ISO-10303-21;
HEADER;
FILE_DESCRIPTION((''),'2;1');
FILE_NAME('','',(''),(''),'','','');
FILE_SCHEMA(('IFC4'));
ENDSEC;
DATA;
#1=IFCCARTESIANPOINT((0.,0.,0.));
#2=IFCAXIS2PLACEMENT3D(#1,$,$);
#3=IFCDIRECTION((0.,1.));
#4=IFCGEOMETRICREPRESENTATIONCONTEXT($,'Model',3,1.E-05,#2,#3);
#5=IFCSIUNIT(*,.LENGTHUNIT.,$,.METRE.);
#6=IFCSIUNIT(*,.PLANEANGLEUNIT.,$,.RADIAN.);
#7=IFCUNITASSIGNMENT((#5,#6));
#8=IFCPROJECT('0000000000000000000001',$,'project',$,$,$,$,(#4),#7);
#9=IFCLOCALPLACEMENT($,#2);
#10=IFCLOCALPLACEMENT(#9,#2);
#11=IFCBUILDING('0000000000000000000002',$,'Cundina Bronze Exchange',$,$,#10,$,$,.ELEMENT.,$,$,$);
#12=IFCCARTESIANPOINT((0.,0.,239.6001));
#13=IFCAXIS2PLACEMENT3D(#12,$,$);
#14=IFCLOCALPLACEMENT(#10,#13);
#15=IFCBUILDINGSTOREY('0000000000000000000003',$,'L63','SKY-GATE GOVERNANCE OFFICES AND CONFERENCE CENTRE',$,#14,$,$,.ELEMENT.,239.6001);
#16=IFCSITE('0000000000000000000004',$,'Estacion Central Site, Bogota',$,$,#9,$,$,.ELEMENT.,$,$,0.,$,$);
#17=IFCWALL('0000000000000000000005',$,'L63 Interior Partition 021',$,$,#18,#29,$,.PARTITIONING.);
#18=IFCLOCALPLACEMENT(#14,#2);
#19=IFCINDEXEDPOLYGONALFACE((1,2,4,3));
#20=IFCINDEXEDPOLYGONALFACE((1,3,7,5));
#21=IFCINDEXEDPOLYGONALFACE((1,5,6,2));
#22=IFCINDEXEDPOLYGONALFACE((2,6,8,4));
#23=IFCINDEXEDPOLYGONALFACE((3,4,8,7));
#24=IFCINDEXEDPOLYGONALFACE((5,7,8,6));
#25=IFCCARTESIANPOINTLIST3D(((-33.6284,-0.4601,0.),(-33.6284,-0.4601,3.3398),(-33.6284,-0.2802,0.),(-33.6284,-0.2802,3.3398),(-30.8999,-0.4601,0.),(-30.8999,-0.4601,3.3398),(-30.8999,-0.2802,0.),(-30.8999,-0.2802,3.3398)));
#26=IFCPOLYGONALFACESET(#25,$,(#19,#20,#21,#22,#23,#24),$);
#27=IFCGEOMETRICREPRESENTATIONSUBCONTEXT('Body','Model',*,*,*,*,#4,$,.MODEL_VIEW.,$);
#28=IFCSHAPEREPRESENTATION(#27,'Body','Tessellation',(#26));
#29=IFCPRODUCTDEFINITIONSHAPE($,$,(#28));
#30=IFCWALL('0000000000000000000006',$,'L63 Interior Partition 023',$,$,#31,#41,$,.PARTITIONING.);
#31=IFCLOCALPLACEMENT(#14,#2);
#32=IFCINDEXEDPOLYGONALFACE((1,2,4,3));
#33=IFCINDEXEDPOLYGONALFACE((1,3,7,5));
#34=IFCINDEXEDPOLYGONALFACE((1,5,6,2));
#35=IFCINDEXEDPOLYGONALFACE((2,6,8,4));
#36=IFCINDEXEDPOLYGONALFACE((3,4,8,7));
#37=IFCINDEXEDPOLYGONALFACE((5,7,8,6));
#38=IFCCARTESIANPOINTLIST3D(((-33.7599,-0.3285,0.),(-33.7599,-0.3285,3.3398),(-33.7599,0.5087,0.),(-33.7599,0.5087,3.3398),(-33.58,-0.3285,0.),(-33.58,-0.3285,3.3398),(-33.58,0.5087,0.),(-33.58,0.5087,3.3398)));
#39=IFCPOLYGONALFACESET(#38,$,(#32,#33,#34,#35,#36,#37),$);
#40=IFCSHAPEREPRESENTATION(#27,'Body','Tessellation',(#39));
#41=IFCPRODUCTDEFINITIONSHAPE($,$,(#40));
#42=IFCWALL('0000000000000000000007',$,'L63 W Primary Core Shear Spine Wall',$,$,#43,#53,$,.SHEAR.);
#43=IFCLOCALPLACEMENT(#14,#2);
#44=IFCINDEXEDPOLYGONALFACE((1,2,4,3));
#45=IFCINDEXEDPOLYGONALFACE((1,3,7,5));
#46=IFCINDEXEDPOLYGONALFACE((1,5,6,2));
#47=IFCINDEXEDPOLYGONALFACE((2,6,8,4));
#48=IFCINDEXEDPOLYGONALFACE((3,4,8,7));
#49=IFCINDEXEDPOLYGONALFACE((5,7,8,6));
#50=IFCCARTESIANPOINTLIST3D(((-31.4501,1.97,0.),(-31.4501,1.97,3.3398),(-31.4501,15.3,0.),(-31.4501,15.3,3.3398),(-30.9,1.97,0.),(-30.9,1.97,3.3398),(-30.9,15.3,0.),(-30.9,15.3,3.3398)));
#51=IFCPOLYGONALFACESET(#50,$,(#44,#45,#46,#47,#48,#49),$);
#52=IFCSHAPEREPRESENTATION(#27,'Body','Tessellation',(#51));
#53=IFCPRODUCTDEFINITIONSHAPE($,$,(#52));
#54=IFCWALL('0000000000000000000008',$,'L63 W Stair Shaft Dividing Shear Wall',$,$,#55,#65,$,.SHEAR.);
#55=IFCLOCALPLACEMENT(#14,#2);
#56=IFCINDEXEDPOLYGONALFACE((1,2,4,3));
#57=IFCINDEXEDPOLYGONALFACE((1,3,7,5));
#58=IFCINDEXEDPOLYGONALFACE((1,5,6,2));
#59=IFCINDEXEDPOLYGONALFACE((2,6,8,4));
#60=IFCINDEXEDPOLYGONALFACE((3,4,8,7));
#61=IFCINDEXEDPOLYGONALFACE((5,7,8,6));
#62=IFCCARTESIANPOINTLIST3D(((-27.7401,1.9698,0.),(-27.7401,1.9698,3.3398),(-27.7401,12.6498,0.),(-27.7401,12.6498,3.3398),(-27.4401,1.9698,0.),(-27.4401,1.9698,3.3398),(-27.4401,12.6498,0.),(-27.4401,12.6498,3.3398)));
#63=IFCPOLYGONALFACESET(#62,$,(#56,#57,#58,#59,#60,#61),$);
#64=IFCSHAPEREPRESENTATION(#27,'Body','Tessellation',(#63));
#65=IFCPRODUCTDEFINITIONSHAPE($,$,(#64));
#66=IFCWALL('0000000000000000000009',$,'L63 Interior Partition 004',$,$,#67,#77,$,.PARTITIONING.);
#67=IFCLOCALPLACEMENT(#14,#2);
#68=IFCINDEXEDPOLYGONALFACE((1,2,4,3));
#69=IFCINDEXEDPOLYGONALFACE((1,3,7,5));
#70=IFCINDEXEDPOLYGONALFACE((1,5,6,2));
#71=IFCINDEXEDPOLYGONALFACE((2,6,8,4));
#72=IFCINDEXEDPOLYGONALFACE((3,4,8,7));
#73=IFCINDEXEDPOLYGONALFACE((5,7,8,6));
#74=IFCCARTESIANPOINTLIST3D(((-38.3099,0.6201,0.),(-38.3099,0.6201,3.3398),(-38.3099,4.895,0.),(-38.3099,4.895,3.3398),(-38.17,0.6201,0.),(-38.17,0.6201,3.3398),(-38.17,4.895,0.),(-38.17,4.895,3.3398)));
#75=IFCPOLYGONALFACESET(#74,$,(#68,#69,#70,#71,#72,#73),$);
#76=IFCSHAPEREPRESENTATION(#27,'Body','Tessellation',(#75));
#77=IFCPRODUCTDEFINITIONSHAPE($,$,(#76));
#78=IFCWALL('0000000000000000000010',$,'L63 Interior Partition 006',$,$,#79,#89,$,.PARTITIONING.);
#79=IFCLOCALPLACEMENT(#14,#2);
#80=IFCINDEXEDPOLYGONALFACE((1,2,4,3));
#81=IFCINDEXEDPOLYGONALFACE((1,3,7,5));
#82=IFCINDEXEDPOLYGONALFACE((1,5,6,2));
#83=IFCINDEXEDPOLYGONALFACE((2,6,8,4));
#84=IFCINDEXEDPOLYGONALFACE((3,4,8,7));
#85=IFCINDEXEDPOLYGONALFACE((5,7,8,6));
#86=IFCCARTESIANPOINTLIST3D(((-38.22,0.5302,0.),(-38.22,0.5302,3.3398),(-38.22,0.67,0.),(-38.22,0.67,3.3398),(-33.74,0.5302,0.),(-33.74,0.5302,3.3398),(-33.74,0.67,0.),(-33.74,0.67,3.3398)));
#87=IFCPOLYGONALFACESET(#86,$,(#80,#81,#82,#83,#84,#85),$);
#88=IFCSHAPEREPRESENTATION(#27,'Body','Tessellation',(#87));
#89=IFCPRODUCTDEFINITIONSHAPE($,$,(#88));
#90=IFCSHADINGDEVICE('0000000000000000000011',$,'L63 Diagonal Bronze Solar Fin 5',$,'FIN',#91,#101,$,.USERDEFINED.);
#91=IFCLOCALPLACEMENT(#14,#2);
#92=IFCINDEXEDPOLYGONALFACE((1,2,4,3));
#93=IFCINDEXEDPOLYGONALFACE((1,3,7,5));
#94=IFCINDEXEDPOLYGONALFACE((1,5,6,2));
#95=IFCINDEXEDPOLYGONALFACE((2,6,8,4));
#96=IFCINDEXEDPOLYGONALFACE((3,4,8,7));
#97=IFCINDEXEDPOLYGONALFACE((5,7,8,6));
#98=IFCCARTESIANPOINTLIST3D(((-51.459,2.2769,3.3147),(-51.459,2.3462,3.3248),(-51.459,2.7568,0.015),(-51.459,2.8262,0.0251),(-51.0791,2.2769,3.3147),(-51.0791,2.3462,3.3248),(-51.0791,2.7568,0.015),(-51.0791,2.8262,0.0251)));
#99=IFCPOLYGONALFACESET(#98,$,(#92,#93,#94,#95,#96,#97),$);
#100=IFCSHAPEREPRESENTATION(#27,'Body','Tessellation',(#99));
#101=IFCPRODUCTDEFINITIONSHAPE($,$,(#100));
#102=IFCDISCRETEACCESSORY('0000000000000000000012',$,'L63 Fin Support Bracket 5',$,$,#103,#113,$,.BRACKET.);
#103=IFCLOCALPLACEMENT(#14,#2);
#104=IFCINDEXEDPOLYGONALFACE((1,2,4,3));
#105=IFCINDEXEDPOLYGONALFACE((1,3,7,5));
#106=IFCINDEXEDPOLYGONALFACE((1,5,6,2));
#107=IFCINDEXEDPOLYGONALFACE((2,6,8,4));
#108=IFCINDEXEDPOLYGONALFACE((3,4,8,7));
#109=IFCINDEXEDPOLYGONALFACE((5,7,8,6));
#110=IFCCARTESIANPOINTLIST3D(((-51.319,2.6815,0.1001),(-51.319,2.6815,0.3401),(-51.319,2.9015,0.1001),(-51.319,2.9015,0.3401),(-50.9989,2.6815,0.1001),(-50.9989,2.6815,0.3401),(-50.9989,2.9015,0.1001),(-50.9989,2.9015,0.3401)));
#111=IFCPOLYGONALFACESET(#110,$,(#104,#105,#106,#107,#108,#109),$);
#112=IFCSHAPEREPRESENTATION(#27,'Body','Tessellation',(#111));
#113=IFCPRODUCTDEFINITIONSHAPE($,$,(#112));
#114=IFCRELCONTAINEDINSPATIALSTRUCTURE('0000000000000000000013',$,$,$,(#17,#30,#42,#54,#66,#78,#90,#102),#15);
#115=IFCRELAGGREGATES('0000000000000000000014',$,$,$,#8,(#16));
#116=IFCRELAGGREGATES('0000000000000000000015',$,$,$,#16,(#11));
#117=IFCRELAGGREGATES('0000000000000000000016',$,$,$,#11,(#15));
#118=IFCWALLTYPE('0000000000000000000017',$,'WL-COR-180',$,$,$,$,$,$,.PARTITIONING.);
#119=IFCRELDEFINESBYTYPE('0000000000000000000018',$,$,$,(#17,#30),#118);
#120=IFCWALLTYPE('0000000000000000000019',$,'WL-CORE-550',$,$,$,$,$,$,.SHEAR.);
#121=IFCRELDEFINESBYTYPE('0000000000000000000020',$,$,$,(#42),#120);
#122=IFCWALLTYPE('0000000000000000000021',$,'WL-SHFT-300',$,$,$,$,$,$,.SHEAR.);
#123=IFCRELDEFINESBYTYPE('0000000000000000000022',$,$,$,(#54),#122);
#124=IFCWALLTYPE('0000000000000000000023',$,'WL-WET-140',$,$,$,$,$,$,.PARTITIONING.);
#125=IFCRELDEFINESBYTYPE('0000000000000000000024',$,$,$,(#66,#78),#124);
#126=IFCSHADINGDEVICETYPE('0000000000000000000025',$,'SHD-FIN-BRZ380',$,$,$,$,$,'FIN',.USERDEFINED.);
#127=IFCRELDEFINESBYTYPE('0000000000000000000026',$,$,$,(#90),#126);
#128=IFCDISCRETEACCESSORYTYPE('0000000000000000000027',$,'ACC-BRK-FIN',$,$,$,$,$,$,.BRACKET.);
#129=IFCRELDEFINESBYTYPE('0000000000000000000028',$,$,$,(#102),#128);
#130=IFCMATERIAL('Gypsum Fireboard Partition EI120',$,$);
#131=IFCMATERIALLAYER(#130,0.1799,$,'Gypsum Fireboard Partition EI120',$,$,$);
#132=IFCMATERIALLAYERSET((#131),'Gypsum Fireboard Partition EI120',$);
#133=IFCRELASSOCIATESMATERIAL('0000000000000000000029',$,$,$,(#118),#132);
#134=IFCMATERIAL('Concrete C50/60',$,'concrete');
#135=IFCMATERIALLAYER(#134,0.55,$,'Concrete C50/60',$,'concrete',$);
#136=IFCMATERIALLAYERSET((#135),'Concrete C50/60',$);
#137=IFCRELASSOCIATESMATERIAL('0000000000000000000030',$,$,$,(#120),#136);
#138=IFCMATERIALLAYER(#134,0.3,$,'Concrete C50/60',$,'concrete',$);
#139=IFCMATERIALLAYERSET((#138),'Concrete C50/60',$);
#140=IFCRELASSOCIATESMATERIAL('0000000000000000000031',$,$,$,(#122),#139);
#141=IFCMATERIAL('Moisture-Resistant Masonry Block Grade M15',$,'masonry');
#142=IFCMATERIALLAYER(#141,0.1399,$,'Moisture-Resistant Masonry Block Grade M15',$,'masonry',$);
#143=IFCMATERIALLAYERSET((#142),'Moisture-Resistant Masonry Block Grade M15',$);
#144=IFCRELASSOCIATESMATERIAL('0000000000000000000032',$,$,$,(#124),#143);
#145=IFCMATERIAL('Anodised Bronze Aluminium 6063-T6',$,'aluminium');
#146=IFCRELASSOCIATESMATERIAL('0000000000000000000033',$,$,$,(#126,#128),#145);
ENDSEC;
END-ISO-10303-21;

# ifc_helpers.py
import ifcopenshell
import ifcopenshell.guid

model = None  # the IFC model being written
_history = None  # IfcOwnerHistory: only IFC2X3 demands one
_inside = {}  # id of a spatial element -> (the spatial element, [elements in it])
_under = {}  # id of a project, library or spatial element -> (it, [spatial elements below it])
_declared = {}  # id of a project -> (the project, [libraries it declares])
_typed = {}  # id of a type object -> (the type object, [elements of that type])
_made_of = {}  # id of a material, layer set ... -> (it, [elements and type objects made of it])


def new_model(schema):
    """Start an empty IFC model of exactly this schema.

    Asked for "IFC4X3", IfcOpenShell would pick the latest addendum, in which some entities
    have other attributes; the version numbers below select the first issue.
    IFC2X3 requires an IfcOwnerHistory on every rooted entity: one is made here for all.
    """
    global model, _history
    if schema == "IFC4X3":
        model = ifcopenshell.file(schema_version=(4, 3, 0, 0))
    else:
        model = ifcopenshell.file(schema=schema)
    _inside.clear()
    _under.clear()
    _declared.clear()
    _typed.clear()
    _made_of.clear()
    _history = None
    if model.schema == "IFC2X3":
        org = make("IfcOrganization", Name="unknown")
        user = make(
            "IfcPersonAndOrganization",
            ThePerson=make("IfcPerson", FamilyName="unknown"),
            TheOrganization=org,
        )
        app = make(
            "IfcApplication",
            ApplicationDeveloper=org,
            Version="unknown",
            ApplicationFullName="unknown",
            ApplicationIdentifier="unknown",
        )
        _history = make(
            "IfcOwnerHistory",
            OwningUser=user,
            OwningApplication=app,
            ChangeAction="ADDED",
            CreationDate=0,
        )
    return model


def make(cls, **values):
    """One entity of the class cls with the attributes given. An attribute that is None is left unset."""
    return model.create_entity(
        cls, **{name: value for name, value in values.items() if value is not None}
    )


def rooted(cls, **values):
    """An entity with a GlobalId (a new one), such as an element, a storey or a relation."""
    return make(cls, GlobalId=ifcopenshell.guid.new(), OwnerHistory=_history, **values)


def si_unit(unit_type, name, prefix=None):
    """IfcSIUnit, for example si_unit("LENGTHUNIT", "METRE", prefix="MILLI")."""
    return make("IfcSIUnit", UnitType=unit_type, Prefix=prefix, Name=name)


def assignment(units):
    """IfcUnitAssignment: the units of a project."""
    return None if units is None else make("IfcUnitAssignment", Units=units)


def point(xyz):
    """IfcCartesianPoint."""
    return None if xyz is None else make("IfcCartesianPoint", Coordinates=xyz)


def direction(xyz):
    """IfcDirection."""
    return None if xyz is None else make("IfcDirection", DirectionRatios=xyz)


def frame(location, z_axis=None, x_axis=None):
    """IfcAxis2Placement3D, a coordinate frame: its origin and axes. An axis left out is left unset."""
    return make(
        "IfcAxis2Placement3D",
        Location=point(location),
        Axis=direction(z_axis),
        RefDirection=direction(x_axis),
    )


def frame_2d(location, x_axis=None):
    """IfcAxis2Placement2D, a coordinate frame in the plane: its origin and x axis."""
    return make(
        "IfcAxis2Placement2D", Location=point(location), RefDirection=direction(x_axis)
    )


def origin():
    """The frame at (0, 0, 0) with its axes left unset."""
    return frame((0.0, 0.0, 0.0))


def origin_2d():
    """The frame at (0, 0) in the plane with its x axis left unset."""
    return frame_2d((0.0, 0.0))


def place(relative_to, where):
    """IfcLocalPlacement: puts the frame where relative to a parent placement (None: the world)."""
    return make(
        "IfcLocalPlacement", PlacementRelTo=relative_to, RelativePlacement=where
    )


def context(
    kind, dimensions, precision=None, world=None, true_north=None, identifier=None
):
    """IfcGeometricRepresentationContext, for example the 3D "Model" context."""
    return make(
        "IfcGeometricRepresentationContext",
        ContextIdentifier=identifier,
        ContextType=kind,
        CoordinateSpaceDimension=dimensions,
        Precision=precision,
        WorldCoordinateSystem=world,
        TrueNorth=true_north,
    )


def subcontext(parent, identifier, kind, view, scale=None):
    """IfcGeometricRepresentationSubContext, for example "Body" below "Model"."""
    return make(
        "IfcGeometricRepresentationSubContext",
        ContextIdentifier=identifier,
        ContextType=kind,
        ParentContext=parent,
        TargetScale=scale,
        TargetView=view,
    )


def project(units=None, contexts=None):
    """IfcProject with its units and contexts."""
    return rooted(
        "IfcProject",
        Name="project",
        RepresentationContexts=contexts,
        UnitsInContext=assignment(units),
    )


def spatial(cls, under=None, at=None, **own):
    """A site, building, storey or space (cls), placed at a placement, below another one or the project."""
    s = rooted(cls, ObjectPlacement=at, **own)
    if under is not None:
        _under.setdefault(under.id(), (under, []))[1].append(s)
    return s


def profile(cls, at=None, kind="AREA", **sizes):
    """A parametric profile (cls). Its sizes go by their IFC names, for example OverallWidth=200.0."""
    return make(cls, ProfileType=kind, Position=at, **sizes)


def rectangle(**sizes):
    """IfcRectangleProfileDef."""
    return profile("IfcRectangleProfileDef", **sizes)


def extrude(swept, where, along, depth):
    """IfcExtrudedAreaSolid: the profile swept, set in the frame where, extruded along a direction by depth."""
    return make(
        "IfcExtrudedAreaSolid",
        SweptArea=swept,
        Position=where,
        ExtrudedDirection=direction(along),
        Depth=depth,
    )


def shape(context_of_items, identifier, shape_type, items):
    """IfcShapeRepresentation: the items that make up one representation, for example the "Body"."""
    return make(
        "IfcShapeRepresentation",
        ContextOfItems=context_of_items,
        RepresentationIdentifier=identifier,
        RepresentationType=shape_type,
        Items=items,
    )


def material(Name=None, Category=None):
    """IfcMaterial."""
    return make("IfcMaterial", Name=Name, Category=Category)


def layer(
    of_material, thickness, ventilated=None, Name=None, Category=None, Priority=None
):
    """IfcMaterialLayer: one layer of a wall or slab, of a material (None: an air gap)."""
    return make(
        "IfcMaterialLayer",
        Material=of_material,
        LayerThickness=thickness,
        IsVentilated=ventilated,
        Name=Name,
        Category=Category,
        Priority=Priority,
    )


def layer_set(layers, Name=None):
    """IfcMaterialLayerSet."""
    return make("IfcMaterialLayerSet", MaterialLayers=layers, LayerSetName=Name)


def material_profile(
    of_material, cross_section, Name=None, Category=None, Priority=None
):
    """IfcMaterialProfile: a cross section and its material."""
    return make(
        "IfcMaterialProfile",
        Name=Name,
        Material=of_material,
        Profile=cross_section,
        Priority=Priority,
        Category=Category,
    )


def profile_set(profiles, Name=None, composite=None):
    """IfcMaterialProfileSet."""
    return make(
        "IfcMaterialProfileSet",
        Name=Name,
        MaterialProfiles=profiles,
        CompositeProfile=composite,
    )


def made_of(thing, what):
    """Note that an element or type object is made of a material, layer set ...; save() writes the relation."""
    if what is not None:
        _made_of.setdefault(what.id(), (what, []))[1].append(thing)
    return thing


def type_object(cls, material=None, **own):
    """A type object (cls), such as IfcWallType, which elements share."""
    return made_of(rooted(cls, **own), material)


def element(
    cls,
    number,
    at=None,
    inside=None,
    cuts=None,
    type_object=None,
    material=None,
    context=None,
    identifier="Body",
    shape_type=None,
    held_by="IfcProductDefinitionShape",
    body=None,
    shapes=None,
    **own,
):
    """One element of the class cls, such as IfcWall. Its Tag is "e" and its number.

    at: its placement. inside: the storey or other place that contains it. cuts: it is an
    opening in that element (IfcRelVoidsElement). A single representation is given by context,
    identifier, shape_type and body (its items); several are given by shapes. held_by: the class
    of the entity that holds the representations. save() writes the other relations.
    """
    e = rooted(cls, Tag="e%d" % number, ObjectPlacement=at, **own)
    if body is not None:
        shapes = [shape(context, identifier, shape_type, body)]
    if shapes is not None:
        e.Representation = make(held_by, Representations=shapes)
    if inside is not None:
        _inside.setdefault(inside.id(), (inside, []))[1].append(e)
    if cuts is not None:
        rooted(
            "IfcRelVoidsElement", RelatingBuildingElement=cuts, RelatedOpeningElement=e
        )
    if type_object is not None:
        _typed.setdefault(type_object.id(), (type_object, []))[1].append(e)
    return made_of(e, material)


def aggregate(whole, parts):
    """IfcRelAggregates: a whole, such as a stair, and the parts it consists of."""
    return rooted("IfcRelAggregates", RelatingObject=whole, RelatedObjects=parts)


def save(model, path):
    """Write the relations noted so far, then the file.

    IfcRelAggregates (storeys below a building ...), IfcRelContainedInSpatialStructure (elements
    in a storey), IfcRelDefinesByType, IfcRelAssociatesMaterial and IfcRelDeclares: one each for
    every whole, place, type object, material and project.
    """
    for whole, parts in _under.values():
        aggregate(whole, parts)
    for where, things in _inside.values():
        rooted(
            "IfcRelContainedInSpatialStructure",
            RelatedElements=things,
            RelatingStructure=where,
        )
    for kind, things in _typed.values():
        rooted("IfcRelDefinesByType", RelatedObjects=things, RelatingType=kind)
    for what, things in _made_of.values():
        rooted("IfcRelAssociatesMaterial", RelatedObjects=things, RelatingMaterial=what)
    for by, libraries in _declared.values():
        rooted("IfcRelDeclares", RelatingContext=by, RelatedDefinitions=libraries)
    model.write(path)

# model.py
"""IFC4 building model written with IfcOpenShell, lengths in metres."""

from ifc_helpers import new_model, si_unit, direction, frame, frame_2d, origin, origin_2d, place, context, subcontext, project, spatial, rectangle, extrude, material, layer, layer_set, material_profile, profile_set, type_object, element, save


model = new_model("IFC4")

# Units and contexts
model_context = context("Model", 3, precision=1e-05, world=origin(), true_north=direction((0.0, 1.0)))
body_context = subcontext(model_context, "Body", "Model", "MODEL_VIEW")
ifc_project = project(units=[si_unit("LENGTHUNIT", "METRE"), si_unit("PLANEANGLEUNIT", "RADIAN")], contexts=[model_context])

# Site, building, storey
site_placement = place(None, origin())
site = spatial("IfcSite", under=ifc_project, at=site_placement, Name="Estacion Central Site, Bogota", CompositionType="ELEMENT", RefElevation=0.0)
building_placement = place(site_placement, origin())
building = spatial("IfcBuilding", under=site, at=building_placement, Name="Cundina Bronze Exchange", CompositionType="ELEMENT")
storey_placement = place(building_placement, frame((0.0, 0.0, 239.6001)))
storey = spatial("IfcBuildingStorey", under=building, at=storey_placement, Name="L63", Description="SKY-GATE GOVERNANCE OFFICES AND CONFERENCE CENTRE", CompositionType="ELEMENT", Elevation=239.6001)

# Shared definitions
ifc_material_1 = material(Name="Concrete C50/60", Category="concrete")

# Shared definitions
ifc_material_2 = material(Name="Anodised Bronze Aluminium 6063-T6", Category="aluminium")

# Shared definitions
ifc_material_3 = material(Name="Gypsum Fireboard Partition EI120")
ifc_layer_1 = layer(ifc_material_3, 0.1799, Name="Gypsum Fireboard Partition EI120")
ifc_layer_set_1 = layer_set([ifc_layer_1], Name="Gypsum Fireboard Partition EI120")
wall_type_1 = type_object("IfcWallType", Name="WL-COR-180", PredefinedType="PARTITIONING", material=ifc_layer_set_1)

# Walls
wall_1_placement = place(storey_placement, frame((-33.6284, -0.3701, 0.0), z_axis=(0.0, 0.0, 1.0), x_axis=(1.0, 0.0, 0.0)))
element("IfcWall", 1, at=wall_1_placement, inside=storey, type_object=wall_type_1, Name="L63 Interior Partition 021", PredefinedType="PARTITIONING", context=body_context, shape_type="SweptSolid", body=[
    extrude(rectangle(XDim=2.7285, YDim=0.1799, at=frame_2d((1.3643, 0.0))), origin(), (0.0, 0.0, 1.0), 3.3398),
])
wall_2_placement = place(storey_placement, frame((-33.6699, 0.5085, 0.0), z_axis=(0.0, 0.0, 1.0), x_axis=(0.0, -1.0, 0.0)))
element("IfcWall", 2, at=wall_2_placement, inside=storey, type_object=wall_type_1, Name="L63 Interior Partition 023", PredefinedType="PARTITIONING", context=body_context, shape_type="SweptSolid", body=[
    extrude(rectangle(XDim=0.8372, YDim=0.1799, at=frame_2d((0.4185, 0.0))), origin(), (0.0, 0.0, 1.0), 3.3398),
])
ifc_layer_2 = layer(ifc_material_1, 0.55, Name="Concrete C50/60", Category="concrete")
ifc_layer_set_2 = layer_set([ifc_layer_2], Name="Concrete C50/60")
wall_type_2 = type_object("IfcWallType", Name="WL-CORE-550", PredefinedType="SHEAR", material=ifc_layer_set_2)
wall_3_placement = place(storey_placement, frame((-31.175, 1.97, 0.0), z_axis=(0.0, 0.0, 1.0), x_axis=(0.0, 1.0, 0.0)))
element("IfcWall", 3, at=wall_3_placement, inside=storey, type_object=wall_type_2, Name="L63 W Primary Core Shear Spine Wall", PredefinedType="SHEAR", context=body_context, shape_type="SweptSolid", body=[
    extrude(rectangle(XDim=13.3301, YDim=0.55, at=frame_2d((6.665, 0.0))), origin(), (0.0, 0.0, 1.0), 3.3398),
])
ifc_layer_3 = layer(ifc_material_1, 0.3, Name="Concrete C50/60", Category="concrete")
ifc_layer_set_3 = layer_set([ifc_layer_3], Name="Concrete C50/60")
wall_type_3 = type_object("IfcWallType", Name="WL-SHFT-300", PredefinedType="SHEAR", material=ifc_layer_set_3)
wall_4_placement = place(storey_placement, frame((-27.5901, 1.97, 0.0), z_axis=(0.0, 0.0, 1.0), x_axis=(0.0, 1.0, 0.0)))
element("IfcWall", 4, at=wall_4_placement, inside=storey, type_object=wall_type_3, Name="L63 W Stair Shaft Dividing Shear Wall", PredefinedType="SHEAR", context=body_context, shape_type="SweptSolid", body=[
    extrude(rectangle(XDim=10.6799, YDim=0.3, at=frame_2d((5.3398, 0.0))), origin(), (0.0, 0.0, 1.0), 3.3398),
])
ifc_material_4 = material(Name="Moisture-Resistant Masonry Block Grade M15", Category="masonry")
ifc_layer_4 = layer(ifc_material_4, 0.1399, Name="Moisture-Resistant Masonry Block Grade M15", Category="masonry")
ifc_layer_set_4 = layer_set([ifc_layer_4], Name="Moisture-Resistant Masonry Block Grade M15")
wall_type_4 = type_object("IfcWallType", Name="WL-WET-140", PredefinedType="PARTITIONING", material=ifc_layer_set_4)
wall_5_placement = place(storey_placement, frame((-38.24, 0.6201, 0.0), z_axis=(0.0, 0.0, 1.0), x_axis=(0.0, 1.0, 0.0)))
element("IfcWall", 5, at=wall_5_placement, inside=storey, type_object=wall_type_4, Name="L63 Interior Partition 004", PredefinedType="PARTITIONING", context=body_context, shape_type="SweptSolid", body=[
    extrude(rectangle(XDim=4.2749, YDim=0.1399, at=frame_2d((2.1375, 0.0))), origin(), (0.0, 0.0, 1.0), 3.3398),
])
wall_6_placement = place(storey_placement, frame((-38.22, 0.6001, 0.0), z_axis=(0.0, 0.0, 1.0), x_axis=(1.0, 0.0, 0.0)))
element("IfcWall", 6, at=wall_6_placement, inside=storey, type_object=wall_type_4, Name="L63 Interior Partition 006", PredefinedType="PARTITIONING", context=body_context, shape_type="SweptSolid", body=[
    extrude(rectangle(XDim=4.48, YDim=0.1399, at=frame_2d((2.24, 0.0))), origin(), (0.0, 0.0, 1.0), 3.3398),
])

# Shading device
ifc_material_profile_1 = material_profile(ifc_material_2, rectangle(XDim=0.0701, YDim=0.3799, at=origin_2d()), Name="FIN70X380", Category="aluminium")
ifc_profile_set_1 = profile_set([ifc_material_profile_1], Name="Anodised Bronze Aluminium 6063-T6")
shading_device_type = type_object("IfcShadingDeviceType", Name="SHD-FIN-BRZ380", ElementType="FIN", PredefinedType="USERDEFINED", material=ifc_profile_set_1)
shading_device_placement = place(storey_placement, frame((-51.269, 2.7915, 0.02), z_axis=(0.0, -0.143942, 0.989586), x_axis=(0.0, 0.989586, 0.143942)))
element("IfcShadingDevice", 7, at=shading_device_placement, inside=storey, type_object=shading_device_type, Name="L63 Diagonal Bronze Solar Fin 5", ObjectType="FIN", PredefinedType="USERDEFINED", context=body_context, shape_type="SweptSolid", body=[
    extrude(rectangle(XDim=0.0701, YDim=0.3799, at=origin_2d()), origin(), (0.0, 0.0, 1.0), 3.3345),
])

# Discrete accessory
discrete_accessory_type = type_object("IfcDiscreteAccessoryType", Name="ACC-BRK-FIN", PredefinedType="BRACKET", material=ifc_material_2)
discrete_accessory_placement = place(storey_placement, frame((-51.1589, 2.7915, 0.1001), z_axis=(0.0, 0.0, 1.0), x_axis=(0.0, -1.0, 0.0)))
element("IfcDiscreteAccessory", 8, at=discrete_accessory_placement, inside=storey, type_object=discrete_accessory_type, Name="L63 Fin Support Bracket 5", PredefinedType="BRACKET", context=body_context, shape_type="SweptSolid", body=[
    extrude(rectangle(XDim=0.22, YDim=0.3201, at=origin_2d()), origin(), (0.0, 0.0, 1.0), 0.24),
])

save(model, "model.ifc")
